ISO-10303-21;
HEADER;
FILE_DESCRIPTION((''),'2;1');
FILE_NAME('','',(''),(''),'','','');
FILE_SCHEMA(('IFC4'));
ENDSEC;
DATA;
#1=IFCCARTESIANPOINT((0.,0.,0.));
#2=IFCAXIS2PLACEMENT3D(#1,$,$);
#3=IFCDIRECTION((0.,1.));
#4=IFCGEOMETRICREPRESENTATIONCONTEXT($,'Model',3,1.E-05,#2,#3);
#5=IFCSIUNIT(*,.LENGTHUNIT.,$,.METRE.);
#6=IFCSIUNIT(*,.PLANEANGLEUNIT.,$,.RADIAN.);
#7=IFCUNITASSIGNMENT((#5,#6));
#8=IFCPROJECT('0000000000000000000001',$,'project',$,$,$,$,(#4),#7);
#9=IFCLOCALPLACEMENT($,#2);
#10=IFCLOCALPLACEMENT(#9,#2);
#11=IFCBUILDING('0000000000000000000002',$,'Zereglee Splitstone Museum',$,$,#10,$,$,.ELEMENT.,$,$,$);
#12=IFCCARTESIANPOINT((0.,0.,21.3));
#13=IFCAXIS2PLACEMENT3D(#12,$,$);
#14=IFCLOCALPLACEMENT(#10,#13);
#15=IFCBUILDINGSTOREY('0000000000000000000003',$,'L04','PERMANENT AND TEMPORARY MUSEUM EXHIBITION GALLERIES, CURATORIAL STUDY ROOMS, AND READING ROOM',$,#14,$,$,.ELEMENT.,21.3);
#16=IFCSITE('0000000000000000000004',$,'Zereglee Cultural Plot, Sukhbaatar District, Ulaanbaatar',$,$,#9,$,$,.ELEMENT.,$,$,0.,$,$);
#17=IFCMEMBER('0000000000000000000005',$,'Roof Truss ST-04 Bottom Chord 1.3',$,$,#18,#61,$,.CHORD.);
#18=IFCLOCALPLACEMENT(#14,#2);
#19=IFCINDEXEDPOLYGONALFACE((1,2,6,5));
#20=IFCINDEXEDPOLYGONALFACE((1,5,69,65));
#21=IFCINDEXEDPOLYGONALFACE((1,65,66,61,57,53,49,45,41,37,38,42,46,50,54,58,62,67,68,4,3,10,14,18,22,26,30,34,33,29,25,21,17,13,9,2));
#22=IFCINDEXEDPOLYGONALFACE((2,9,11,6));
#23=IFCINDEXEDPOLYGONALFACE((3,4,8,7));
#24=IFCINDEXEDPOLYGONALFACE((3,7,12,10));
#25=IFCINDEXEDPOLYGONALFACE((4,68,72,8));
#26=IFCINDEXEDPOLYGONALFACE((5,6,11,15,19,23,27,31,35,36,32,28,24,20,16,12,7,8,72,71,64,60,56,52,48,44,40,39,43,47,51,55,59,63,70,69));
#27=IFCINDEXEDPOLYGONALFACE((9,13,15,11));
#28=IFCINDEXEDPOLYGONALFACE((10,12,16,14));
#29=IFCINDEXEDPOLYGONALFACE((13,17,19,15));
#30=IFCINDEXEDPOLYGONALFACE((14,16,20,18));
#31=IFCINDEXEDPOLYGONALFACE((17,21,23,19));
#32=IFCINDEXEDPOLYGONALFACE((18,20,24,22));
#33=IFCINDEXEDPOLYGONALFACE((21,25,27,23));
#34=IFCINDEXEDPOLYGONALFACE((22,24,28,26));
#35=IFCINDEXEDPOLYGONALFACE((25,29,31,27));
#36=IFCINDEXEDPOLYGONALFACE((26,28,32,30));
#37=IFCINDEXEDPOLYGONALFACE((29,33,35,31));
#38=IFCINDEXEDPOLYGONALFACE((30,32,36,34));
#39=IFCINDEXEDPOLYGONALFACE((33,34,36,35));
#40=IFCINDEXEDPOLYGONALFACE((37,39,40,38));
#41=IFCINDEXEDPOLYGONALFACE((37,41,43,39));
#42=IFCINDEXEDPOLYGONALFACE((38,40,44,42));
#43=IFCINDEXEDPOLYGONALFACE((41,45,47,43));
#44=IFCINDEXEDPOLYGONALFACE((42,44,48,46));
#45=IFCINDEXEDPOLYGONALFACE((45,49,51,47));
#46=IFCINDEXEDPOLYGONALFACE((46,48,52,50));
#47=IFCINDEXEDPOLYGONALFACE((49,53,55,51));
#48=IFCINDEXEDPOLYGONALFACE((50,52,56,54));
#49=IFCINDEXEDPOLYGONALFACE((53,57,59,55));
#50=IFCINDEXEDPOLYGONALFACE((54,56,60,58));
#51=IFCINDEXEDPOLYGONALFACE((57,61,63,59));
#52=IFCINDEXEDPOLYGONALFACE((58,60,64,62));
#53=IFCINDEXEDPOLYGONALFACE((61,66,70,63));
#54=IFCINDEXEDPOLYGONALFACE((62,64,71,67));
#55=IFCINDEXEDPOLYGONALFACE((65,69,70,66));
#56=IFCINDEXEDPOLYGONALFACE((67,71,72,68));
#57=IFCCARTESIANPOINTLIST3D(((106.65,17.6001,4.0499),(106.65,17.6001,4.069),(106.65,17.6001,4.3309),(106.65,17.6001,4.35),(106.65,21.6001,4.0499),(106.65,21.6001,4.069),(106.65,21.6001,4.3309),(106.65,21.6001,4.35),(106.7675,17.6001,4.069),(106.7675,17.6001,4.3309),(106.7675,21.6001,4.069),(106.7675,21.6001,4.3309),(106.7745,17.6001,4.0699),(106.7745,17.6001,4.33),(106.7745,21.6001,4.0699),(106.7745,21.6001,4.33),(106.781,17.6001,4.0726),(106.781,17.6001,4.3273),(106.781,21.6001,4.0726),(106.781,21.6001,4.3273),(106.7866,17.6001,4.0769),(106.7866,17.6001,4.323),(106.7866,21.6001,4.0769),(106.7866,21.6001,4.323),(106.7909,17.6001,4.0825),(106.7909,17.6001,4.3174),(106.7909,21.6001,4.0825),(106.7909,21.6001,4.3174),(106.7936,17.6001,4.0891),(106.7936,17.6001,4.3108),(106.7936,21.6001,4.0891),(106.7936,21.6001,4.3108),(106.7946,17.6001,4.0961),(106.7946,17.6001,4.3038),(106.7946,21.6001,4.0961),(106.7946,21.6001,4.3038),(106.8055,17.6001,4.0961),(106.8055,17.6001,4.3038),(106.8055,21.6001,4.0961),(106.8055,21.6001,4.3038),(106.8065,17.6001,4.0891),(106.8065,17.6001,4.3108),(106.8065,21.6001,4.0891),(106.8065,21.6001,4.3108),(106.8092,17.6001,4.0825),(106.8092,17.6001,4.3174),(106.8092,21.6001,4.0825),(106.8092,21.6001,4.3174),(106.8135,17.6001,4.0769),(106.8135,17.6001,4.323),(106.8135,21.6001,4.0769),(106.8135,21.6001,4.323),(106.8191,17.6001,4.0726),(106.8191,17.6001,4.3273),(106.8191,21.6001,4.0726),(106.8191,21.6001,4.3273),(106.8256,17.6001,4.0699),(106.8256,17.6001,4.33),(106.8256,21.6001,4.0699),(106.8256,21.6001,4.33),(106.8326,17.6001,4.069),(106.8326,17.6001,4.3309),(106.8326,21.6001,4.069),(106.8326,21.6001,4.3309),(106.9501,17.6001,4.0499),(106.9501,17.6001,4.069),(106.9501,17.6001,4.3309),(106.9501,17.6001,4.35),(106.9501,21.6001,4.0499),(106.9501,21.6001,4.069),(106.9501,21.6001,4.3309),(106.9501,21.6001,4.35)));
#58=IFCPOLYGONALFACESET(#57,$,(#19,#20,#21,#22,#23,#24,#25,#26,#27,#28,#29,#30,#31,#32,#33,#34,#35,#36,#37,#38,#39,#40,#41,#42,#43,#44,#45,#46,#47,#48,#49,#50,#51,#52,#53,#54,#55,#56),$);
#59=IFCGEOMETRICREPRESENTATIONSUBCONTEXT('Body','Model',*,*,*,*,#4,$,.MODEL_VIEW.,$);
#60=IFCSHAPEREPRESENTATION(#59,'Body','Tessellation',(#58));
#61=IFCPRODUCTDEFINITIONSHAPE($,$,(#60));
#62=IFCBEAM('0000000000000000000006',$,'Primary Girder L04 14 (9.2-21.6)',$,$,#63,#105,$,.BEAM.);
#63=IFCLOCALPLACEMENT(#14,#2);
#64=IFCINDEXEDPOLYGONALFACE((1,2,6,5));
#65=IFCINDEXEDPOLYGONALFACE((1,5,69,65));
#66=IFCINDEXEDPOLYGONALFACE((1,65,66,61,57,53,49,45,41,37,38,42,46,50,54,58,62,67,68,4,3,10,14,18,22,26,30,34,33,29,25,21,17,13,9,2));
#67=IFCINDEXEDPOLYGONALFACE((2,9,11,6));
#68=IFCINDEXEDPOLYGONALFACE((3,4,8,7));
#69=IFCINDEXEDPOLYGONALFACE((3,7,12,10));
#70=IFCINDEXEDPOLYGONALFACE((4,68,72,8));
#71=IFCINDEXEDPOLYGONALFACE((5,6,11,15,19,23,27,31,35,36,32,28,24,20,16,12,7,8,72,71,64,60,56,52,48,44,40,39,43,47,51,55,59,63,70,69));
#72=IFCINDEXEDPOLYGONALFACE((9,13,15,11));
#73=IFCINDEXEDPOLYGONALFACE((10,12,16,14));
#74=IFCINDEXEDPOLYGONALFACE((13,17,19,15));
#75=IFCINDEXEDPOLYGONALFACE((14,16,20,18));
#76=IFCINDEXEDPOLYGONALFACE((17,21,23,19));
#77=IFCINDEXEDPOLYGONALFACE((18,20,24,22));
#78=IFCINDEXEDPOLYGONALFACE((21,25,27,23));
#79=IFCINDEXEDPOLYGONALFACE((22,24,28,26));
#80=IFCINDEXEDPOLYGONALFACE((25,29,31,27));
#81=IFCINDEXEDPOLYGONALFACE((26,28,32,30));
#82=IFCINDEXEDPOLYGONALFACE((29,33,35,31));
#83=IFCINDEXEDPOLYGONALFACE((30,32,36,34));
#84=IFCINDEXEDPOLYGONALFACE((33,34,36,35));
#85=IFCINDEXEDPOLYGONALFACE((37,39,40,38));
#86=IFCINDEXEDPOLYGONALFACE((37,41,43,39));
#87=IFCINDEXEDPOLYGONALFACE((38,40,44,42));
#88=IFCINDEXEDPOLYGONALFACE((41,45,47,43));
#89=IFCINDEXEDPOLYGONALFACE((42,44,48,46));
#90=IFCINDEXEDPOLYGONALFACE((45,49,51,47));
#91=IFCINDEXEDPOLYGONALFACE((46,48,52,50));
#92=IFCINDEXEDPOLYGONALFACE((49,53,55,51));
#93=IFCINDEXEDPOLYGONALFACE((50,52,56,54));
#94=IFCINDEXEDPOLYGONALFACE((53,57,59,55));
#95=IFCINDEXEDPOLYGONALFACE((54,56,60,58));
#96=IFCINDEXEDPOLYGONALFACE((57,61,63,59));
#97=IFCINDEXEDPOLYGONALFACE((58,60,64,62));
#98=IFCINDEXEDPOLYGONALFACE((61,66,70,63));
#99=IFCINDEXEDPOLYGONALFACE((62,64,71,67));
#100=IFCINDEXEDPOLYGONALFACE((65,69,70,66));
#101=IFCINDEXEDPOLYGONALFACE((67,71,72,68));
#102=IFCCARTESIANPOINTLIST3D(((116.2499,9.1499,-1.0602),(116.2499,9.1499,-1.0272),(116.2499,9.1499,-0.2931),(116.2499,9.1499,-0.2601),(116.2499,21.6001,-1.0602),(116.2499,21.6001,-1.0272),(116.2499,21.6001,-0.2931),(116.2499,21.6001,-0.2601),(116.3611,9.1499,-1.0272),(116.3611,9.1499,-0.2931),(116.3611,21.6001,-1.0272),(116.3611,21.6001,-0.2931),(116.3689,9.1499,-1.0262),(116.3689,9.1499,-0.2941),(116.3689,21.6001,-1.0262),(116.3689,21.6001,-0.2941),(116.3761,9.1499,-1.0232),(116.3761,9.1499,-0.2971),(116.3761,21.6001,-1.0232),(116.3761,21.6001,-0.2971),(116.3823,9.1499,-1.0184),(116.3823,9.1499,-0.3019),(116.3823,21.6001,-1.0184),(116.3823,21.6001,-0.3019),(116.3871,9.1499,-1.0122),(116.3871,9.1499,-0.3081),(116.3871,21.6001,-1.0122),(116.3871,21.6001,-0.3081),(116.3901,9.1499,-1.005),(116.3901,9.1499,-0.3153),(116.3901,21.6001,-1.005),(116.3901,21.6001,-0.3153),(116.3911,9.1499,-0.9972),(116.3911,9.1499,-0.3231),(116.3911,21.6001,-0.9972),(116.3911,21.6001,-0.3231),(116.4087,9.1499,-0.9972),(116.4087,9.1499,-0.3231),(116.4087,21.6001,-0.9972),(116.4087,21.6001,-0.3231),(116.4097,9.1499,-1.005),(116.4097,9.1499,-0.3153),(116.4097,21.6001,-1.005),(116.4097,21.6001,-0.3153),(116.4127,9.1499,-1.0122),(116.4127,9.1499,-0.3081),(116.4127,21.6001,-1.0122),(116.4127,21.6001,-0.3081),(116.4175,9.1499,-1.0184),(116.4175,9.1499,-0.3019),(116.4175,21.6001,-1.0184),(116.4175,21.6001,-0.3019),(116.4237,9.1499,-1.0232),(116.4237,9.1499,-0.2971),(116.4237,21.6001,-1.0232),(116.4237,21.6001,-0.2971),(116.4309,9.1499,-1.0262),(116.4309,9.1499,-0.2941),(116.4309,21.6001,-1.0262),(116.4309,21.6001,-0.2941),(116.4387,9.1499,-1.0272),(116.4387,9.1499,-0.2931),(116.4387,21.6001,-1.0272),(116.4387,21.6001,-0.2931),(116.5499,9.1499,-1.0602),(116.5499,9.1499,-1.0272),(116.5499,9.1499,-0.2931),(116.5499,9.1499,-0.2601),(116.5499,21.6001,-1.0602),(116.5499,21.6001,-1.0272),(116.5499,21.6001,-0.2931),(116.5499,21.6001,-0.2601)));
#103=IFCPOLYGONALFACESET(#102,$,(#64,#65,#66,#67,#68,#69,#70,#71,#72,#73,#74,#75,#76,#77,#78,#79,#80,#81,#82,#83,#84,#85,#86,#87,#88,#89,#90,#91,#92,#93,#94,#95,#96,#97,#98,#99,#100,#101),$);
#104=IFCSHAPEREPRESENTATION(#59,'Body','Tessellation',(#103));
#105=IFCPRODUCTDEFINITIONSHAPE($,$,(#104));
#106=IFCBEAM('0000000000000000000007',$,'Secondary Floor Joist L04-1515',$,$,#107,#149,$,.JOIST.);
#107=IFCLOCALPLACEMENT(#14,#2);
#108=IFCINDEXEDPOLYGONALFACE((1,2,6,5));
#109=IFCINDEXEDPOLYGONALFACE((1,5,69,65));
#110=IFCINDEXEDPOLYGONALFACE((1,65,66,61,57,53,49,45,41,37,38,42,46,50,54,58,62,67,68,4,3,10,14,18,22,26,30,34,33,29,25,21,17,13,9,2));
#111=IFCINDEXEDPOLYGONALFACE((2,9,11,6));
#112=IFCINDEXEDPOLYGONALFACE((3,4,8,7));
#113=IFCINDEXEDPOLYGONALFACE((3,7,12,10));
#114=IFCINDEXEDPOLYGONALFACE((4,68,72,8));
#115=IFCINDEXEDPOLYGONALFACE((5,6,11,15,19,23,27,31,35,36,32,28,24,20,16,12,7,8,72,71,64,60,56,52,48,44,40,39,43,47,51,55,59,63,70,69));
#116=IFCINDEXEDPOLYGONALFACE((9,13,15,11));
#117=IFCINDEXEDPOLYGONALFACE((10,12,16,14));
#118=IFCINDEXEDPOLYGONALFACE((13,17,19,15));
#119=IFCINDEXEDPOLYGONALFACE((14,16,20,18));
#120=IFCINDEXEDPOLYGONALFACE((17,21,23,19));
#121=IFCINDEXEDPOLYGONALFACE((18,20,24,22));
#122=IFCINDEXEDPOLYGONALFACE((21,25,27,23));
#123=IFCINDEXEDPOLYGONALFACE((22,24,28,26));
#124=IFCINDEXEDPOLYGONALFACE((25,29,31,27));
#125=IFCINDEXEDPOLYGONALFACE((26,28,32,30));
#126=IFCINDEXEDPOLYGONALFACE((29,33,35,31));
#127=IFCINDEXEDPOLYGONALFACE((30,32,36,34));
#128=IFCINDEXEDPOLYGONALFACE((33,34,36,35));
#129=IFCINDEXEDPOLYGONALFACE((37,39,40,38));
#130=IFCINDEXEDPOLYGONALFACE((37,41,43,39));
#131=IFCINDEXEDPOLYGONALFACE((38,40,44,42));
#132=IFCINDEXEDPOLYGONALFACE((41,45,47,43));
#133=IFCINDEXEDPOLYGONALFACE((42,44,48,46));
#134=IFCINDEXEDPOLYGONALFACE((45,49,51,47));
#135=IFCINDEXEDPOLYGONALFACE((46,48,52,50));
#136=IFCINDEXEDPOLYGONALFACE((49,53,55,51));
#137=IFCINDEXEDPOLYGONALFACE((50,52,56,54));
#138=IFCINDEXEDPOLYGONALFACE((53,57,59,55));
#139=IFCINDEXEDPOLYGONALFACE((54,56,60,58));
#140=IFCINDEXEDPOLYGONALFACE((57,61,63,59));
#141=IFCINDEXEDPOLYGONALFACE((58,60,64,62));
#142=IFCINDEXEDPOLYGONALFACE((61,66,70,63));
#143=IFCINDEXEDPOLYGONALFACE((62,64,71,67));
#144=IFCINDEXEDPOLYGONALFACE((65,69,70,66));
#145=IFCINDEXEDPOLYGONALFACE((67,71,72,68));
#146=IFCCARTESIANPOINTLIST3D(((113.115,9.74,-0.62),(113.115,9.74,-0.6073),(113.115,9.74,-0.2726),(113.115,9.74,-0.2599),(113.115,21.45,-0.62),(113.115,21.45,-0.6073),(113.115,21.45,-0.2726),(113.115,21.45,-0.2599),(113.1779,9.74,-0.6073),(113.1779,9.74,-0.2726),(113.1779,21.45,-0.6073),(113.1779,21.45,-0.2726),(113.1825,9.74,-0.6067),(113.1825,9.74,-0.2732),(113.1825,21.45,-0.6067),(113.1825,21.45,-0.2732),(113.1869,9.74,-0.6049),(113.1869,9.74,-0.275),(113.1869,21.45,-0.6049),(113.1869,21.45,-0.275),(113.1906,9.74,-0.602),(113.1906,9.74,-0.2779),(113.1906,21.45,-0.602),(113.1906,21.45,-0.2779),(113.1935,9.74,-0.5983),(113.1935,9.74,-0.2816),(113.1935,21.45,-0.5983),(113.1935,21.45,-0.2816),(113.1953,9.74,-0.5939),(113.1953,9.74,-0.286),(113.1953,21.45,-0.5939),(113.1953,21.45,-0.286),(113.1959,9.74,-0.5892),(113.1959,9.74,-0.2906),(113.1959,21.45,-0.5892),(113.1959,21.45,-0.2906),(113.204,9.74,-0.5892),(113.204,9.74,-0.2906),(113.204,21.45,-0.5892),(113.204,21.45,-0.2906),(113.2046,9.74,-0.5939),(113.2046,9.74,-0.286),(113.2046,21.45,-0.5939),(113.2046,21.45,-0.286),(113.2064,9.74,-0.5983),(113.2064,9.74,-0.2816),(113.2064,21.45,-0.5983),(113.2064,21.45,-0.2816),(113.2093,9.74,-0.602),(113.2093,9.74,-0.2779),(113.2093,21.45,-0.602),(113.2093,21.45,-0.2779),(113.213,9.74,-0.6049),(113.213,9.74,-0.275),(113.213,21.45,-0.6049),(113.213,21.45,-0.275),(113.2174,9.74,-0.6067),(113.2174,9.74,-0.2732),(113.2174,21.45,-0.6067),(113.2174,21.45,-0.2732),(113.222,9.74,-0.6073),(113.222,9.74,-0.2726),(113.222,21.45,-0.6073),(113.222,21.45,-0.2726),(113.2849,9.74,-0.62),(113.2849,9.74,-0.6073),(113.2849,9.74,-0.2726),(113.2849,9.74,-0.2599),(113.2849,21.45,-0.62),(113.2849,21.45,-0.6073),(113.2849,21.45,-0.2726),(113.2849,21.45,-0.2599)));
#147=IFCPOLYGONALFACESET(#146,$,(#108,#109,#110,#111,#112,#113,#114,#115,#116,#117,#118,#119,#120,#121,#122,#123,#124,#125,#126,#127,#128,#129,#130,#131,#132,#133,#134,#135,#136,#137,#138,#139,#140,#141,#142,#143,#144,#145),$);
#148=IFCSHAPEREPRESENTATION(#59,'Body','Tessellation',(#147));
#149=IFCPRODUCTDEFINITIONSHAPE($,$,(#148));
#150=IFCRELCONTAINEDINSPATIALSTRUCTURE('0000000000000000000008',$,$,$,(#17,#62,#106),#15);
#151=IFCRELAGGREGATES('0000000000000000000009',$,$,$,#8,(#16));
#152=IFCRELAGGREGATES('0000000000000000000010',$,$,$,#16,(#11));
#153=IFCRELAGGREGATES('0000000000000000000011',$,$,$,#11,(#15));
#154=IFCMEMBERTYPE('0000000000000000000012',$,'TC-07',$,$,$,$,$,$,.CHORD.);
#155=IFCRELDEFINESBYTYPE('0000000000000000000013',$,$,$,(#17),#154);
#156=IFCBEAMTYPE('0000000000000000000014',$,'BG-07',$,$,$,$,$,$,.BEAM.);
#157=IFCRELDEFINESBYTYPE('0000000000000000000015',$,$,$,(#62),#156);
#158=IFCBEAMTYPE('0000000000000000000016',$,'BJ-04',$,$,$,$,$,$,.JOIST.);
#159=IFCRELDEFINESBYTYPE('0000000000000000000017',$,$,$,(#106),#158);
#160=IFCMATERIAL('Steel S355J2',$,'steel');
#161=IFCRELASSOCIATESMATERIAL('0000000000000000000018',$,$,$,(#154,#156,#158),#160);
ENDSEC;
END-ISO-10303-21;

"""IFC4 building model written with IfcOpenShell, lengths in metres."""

from ifc_helpers import new_model, si_unit, direction, frame, origin, origin_2d, place, context, subcontext, project, spatial, i_section, extrude, material, material_profile, profile_set, type_object, element, save


model = new_model("IFC4")

# Units and contexts
model_context = context("Model", 3, precision=1e-05, world=origin(), true_north=direction((0.0, 1.0)))
body_context = subcontext(model_context, "Body", "Model", "MODEL_VIEW")
ifc_project = project(units=[si_unit("LENGTHUNIT", "METRE"), si_unit("PLANEANGLEUNIT", "RADIAN")], contexts=[model_context])

# Site, building, storey
site_placement = place(None, origin())
site = spatial("IfcSite", under=ifc_project, at=site_placement, Name="Zereglee Cultural Plot, Sukhbaatar District, Ulaanbaatar", CompositionType="ELEMENT", RefElevation=0.0)
building_placement = place(site_placement, origin())
building = spatial("IfcBuilding", under=site, at=building_placement, Name="Zereglee Splitstone Museum", CompositionType="ELEMENT")
storey_placement = place(building_placement, frame((0.0, 0.0, 21.3)))
storey = spatial("IfcBuildingStorey", under=building, at=storey_placement, Name="L04", Description="PERMANENT AND TEMPORARY MUSEUM EXHIBITION GALLERIES, CURATORIAL STUDY ROOMS, AND READING ROOM", CompositionType="ELEMENT", Elevation=21.3)

# Member
ifc_material_1 = material(Name="Steel S355J2", Category="steel")
ifc_material_profile_1 = material_profile(ifc_material_1, i_section(OverallWidth=0.3, OverallDepth=0.3, WebThickness=0.011, FlangeThickness=0.019, FilletRadius=0.0271, at=origin_2d()), Name="HE 300 B")
ifc_profile_set_1 = profile_set([ifc_material_profile_1], Name="Steel S355J2")
member_type_1 = type_object("IfcMemberType", Name="TC-07", PredefinedType="CHORD", material=ifc_profile_set_1)
for number, where, z_axis, x_axis, name in (
    (1, (106.8, 17.6001, 4.2), (0.0, 1.0, 0.0), (-1.0, 0.0, 0.0), "Roof Truss ST-04 Bottom Chord 1.3"),
):
    element("IfcMember", number, at=place(storey_placement, frame(where, z_axis=z_axis, x_axis=x_axis)), inside=storey, type_object=member_type_1, Name=name, PredefinedType="CHORD", context=body_context, shape_type="SweptSolid", body=[
        extrude(i_section(OverallWidth=0.3, OverallDepth=0.3, WebThickness=0.011, FlangeThickness=0.019, FilletRadius=0.0271, at=origin_2d()), origin(), (0.0, 0.0, 1.0), 4.0),
    ])

# Beams
ifc_material_profile_2 = material_profile(ifc_material_1, i_section(OverallWidth=0.3, OverallDepth=0.8, WebThickness=0.0176, FlangeThickness=0.033, FilletRadius=0.03, at=origin_2d()), Name="HE 800 B")
ifc_profile_set_2 = profile_set([ifc_material_profile_2], Name="Steel S355J2")
beam_type_1 = type_object("IfcBeamType", Name="BG-07", PredefinedType="BEAM", material=ifc_profile_set_2)
beam_1_placement = place(storey_placement, frame((116.3999, 9.1499, -0.6602), z_axis=(0.0, 1.0, 0.0), x_axis=(-1.0, 0.0, 0.0)))
element("IfcBeam", 2, at=beam_1_placement, inside=storey, type_object=beam_type_1, Name="Primary Girder L04 14 (9.2-21.6)", PredefinedType="BEAM", context=body_context, shape_type="SweptSolid", body=[
    extrude(i_section(OverallWidth=0.3, OverallDepth=0.8, WebThickness=0.0176, FlangeThickness=0.033, FilletRadius=0.03, at=origin_2d()), origin(), (0.0, 0.0, 1.0), 12.4502),
])
ifc_material_profile_3 = material_profile(ifc_material_1, i_section(OverallWidth=0.1699, OverallDepth=0.3601, WebThickness=0.0081, FlangeThickness=0.0127, FilletRadius=0.0181, at=origin_2d()), Name="IPE 360")
ifc_profile_set_3 = profile_set([ifc_material_profile_3], Name="Steel S355J2")
beam_type_2 = type_object("IfcBeamType", Name="BJ-04", PredefinedType="JOIST", material=ifc_profile_set_3)
beam_2_placement = place(storey_placement, frame((113.2, 9.74, -0.4399), z_axis=(0.0, 1.0, 0.0), x_axis=(-1.0, 0.0, 0.0)))
element("IfcBeam", 3, at=beam_2_placement, inside=storey, type_object=beam_type_2, Name="Secondary Floor Joist L04-1515", PredefinedType="JOIST", context=body_context, shape_type="SweptSolid", body=[
    extrude(i_section(OverallWidth=0.1699, OverallDepth=0.3601, WebThickness=0.0081, FlangeThickness=0.0127, FilletRadius=0.0181, at=origin_2d()), origin(), (0.0, 0.0, 1.0), 11.71),
])

save(model, "model.ifc")
